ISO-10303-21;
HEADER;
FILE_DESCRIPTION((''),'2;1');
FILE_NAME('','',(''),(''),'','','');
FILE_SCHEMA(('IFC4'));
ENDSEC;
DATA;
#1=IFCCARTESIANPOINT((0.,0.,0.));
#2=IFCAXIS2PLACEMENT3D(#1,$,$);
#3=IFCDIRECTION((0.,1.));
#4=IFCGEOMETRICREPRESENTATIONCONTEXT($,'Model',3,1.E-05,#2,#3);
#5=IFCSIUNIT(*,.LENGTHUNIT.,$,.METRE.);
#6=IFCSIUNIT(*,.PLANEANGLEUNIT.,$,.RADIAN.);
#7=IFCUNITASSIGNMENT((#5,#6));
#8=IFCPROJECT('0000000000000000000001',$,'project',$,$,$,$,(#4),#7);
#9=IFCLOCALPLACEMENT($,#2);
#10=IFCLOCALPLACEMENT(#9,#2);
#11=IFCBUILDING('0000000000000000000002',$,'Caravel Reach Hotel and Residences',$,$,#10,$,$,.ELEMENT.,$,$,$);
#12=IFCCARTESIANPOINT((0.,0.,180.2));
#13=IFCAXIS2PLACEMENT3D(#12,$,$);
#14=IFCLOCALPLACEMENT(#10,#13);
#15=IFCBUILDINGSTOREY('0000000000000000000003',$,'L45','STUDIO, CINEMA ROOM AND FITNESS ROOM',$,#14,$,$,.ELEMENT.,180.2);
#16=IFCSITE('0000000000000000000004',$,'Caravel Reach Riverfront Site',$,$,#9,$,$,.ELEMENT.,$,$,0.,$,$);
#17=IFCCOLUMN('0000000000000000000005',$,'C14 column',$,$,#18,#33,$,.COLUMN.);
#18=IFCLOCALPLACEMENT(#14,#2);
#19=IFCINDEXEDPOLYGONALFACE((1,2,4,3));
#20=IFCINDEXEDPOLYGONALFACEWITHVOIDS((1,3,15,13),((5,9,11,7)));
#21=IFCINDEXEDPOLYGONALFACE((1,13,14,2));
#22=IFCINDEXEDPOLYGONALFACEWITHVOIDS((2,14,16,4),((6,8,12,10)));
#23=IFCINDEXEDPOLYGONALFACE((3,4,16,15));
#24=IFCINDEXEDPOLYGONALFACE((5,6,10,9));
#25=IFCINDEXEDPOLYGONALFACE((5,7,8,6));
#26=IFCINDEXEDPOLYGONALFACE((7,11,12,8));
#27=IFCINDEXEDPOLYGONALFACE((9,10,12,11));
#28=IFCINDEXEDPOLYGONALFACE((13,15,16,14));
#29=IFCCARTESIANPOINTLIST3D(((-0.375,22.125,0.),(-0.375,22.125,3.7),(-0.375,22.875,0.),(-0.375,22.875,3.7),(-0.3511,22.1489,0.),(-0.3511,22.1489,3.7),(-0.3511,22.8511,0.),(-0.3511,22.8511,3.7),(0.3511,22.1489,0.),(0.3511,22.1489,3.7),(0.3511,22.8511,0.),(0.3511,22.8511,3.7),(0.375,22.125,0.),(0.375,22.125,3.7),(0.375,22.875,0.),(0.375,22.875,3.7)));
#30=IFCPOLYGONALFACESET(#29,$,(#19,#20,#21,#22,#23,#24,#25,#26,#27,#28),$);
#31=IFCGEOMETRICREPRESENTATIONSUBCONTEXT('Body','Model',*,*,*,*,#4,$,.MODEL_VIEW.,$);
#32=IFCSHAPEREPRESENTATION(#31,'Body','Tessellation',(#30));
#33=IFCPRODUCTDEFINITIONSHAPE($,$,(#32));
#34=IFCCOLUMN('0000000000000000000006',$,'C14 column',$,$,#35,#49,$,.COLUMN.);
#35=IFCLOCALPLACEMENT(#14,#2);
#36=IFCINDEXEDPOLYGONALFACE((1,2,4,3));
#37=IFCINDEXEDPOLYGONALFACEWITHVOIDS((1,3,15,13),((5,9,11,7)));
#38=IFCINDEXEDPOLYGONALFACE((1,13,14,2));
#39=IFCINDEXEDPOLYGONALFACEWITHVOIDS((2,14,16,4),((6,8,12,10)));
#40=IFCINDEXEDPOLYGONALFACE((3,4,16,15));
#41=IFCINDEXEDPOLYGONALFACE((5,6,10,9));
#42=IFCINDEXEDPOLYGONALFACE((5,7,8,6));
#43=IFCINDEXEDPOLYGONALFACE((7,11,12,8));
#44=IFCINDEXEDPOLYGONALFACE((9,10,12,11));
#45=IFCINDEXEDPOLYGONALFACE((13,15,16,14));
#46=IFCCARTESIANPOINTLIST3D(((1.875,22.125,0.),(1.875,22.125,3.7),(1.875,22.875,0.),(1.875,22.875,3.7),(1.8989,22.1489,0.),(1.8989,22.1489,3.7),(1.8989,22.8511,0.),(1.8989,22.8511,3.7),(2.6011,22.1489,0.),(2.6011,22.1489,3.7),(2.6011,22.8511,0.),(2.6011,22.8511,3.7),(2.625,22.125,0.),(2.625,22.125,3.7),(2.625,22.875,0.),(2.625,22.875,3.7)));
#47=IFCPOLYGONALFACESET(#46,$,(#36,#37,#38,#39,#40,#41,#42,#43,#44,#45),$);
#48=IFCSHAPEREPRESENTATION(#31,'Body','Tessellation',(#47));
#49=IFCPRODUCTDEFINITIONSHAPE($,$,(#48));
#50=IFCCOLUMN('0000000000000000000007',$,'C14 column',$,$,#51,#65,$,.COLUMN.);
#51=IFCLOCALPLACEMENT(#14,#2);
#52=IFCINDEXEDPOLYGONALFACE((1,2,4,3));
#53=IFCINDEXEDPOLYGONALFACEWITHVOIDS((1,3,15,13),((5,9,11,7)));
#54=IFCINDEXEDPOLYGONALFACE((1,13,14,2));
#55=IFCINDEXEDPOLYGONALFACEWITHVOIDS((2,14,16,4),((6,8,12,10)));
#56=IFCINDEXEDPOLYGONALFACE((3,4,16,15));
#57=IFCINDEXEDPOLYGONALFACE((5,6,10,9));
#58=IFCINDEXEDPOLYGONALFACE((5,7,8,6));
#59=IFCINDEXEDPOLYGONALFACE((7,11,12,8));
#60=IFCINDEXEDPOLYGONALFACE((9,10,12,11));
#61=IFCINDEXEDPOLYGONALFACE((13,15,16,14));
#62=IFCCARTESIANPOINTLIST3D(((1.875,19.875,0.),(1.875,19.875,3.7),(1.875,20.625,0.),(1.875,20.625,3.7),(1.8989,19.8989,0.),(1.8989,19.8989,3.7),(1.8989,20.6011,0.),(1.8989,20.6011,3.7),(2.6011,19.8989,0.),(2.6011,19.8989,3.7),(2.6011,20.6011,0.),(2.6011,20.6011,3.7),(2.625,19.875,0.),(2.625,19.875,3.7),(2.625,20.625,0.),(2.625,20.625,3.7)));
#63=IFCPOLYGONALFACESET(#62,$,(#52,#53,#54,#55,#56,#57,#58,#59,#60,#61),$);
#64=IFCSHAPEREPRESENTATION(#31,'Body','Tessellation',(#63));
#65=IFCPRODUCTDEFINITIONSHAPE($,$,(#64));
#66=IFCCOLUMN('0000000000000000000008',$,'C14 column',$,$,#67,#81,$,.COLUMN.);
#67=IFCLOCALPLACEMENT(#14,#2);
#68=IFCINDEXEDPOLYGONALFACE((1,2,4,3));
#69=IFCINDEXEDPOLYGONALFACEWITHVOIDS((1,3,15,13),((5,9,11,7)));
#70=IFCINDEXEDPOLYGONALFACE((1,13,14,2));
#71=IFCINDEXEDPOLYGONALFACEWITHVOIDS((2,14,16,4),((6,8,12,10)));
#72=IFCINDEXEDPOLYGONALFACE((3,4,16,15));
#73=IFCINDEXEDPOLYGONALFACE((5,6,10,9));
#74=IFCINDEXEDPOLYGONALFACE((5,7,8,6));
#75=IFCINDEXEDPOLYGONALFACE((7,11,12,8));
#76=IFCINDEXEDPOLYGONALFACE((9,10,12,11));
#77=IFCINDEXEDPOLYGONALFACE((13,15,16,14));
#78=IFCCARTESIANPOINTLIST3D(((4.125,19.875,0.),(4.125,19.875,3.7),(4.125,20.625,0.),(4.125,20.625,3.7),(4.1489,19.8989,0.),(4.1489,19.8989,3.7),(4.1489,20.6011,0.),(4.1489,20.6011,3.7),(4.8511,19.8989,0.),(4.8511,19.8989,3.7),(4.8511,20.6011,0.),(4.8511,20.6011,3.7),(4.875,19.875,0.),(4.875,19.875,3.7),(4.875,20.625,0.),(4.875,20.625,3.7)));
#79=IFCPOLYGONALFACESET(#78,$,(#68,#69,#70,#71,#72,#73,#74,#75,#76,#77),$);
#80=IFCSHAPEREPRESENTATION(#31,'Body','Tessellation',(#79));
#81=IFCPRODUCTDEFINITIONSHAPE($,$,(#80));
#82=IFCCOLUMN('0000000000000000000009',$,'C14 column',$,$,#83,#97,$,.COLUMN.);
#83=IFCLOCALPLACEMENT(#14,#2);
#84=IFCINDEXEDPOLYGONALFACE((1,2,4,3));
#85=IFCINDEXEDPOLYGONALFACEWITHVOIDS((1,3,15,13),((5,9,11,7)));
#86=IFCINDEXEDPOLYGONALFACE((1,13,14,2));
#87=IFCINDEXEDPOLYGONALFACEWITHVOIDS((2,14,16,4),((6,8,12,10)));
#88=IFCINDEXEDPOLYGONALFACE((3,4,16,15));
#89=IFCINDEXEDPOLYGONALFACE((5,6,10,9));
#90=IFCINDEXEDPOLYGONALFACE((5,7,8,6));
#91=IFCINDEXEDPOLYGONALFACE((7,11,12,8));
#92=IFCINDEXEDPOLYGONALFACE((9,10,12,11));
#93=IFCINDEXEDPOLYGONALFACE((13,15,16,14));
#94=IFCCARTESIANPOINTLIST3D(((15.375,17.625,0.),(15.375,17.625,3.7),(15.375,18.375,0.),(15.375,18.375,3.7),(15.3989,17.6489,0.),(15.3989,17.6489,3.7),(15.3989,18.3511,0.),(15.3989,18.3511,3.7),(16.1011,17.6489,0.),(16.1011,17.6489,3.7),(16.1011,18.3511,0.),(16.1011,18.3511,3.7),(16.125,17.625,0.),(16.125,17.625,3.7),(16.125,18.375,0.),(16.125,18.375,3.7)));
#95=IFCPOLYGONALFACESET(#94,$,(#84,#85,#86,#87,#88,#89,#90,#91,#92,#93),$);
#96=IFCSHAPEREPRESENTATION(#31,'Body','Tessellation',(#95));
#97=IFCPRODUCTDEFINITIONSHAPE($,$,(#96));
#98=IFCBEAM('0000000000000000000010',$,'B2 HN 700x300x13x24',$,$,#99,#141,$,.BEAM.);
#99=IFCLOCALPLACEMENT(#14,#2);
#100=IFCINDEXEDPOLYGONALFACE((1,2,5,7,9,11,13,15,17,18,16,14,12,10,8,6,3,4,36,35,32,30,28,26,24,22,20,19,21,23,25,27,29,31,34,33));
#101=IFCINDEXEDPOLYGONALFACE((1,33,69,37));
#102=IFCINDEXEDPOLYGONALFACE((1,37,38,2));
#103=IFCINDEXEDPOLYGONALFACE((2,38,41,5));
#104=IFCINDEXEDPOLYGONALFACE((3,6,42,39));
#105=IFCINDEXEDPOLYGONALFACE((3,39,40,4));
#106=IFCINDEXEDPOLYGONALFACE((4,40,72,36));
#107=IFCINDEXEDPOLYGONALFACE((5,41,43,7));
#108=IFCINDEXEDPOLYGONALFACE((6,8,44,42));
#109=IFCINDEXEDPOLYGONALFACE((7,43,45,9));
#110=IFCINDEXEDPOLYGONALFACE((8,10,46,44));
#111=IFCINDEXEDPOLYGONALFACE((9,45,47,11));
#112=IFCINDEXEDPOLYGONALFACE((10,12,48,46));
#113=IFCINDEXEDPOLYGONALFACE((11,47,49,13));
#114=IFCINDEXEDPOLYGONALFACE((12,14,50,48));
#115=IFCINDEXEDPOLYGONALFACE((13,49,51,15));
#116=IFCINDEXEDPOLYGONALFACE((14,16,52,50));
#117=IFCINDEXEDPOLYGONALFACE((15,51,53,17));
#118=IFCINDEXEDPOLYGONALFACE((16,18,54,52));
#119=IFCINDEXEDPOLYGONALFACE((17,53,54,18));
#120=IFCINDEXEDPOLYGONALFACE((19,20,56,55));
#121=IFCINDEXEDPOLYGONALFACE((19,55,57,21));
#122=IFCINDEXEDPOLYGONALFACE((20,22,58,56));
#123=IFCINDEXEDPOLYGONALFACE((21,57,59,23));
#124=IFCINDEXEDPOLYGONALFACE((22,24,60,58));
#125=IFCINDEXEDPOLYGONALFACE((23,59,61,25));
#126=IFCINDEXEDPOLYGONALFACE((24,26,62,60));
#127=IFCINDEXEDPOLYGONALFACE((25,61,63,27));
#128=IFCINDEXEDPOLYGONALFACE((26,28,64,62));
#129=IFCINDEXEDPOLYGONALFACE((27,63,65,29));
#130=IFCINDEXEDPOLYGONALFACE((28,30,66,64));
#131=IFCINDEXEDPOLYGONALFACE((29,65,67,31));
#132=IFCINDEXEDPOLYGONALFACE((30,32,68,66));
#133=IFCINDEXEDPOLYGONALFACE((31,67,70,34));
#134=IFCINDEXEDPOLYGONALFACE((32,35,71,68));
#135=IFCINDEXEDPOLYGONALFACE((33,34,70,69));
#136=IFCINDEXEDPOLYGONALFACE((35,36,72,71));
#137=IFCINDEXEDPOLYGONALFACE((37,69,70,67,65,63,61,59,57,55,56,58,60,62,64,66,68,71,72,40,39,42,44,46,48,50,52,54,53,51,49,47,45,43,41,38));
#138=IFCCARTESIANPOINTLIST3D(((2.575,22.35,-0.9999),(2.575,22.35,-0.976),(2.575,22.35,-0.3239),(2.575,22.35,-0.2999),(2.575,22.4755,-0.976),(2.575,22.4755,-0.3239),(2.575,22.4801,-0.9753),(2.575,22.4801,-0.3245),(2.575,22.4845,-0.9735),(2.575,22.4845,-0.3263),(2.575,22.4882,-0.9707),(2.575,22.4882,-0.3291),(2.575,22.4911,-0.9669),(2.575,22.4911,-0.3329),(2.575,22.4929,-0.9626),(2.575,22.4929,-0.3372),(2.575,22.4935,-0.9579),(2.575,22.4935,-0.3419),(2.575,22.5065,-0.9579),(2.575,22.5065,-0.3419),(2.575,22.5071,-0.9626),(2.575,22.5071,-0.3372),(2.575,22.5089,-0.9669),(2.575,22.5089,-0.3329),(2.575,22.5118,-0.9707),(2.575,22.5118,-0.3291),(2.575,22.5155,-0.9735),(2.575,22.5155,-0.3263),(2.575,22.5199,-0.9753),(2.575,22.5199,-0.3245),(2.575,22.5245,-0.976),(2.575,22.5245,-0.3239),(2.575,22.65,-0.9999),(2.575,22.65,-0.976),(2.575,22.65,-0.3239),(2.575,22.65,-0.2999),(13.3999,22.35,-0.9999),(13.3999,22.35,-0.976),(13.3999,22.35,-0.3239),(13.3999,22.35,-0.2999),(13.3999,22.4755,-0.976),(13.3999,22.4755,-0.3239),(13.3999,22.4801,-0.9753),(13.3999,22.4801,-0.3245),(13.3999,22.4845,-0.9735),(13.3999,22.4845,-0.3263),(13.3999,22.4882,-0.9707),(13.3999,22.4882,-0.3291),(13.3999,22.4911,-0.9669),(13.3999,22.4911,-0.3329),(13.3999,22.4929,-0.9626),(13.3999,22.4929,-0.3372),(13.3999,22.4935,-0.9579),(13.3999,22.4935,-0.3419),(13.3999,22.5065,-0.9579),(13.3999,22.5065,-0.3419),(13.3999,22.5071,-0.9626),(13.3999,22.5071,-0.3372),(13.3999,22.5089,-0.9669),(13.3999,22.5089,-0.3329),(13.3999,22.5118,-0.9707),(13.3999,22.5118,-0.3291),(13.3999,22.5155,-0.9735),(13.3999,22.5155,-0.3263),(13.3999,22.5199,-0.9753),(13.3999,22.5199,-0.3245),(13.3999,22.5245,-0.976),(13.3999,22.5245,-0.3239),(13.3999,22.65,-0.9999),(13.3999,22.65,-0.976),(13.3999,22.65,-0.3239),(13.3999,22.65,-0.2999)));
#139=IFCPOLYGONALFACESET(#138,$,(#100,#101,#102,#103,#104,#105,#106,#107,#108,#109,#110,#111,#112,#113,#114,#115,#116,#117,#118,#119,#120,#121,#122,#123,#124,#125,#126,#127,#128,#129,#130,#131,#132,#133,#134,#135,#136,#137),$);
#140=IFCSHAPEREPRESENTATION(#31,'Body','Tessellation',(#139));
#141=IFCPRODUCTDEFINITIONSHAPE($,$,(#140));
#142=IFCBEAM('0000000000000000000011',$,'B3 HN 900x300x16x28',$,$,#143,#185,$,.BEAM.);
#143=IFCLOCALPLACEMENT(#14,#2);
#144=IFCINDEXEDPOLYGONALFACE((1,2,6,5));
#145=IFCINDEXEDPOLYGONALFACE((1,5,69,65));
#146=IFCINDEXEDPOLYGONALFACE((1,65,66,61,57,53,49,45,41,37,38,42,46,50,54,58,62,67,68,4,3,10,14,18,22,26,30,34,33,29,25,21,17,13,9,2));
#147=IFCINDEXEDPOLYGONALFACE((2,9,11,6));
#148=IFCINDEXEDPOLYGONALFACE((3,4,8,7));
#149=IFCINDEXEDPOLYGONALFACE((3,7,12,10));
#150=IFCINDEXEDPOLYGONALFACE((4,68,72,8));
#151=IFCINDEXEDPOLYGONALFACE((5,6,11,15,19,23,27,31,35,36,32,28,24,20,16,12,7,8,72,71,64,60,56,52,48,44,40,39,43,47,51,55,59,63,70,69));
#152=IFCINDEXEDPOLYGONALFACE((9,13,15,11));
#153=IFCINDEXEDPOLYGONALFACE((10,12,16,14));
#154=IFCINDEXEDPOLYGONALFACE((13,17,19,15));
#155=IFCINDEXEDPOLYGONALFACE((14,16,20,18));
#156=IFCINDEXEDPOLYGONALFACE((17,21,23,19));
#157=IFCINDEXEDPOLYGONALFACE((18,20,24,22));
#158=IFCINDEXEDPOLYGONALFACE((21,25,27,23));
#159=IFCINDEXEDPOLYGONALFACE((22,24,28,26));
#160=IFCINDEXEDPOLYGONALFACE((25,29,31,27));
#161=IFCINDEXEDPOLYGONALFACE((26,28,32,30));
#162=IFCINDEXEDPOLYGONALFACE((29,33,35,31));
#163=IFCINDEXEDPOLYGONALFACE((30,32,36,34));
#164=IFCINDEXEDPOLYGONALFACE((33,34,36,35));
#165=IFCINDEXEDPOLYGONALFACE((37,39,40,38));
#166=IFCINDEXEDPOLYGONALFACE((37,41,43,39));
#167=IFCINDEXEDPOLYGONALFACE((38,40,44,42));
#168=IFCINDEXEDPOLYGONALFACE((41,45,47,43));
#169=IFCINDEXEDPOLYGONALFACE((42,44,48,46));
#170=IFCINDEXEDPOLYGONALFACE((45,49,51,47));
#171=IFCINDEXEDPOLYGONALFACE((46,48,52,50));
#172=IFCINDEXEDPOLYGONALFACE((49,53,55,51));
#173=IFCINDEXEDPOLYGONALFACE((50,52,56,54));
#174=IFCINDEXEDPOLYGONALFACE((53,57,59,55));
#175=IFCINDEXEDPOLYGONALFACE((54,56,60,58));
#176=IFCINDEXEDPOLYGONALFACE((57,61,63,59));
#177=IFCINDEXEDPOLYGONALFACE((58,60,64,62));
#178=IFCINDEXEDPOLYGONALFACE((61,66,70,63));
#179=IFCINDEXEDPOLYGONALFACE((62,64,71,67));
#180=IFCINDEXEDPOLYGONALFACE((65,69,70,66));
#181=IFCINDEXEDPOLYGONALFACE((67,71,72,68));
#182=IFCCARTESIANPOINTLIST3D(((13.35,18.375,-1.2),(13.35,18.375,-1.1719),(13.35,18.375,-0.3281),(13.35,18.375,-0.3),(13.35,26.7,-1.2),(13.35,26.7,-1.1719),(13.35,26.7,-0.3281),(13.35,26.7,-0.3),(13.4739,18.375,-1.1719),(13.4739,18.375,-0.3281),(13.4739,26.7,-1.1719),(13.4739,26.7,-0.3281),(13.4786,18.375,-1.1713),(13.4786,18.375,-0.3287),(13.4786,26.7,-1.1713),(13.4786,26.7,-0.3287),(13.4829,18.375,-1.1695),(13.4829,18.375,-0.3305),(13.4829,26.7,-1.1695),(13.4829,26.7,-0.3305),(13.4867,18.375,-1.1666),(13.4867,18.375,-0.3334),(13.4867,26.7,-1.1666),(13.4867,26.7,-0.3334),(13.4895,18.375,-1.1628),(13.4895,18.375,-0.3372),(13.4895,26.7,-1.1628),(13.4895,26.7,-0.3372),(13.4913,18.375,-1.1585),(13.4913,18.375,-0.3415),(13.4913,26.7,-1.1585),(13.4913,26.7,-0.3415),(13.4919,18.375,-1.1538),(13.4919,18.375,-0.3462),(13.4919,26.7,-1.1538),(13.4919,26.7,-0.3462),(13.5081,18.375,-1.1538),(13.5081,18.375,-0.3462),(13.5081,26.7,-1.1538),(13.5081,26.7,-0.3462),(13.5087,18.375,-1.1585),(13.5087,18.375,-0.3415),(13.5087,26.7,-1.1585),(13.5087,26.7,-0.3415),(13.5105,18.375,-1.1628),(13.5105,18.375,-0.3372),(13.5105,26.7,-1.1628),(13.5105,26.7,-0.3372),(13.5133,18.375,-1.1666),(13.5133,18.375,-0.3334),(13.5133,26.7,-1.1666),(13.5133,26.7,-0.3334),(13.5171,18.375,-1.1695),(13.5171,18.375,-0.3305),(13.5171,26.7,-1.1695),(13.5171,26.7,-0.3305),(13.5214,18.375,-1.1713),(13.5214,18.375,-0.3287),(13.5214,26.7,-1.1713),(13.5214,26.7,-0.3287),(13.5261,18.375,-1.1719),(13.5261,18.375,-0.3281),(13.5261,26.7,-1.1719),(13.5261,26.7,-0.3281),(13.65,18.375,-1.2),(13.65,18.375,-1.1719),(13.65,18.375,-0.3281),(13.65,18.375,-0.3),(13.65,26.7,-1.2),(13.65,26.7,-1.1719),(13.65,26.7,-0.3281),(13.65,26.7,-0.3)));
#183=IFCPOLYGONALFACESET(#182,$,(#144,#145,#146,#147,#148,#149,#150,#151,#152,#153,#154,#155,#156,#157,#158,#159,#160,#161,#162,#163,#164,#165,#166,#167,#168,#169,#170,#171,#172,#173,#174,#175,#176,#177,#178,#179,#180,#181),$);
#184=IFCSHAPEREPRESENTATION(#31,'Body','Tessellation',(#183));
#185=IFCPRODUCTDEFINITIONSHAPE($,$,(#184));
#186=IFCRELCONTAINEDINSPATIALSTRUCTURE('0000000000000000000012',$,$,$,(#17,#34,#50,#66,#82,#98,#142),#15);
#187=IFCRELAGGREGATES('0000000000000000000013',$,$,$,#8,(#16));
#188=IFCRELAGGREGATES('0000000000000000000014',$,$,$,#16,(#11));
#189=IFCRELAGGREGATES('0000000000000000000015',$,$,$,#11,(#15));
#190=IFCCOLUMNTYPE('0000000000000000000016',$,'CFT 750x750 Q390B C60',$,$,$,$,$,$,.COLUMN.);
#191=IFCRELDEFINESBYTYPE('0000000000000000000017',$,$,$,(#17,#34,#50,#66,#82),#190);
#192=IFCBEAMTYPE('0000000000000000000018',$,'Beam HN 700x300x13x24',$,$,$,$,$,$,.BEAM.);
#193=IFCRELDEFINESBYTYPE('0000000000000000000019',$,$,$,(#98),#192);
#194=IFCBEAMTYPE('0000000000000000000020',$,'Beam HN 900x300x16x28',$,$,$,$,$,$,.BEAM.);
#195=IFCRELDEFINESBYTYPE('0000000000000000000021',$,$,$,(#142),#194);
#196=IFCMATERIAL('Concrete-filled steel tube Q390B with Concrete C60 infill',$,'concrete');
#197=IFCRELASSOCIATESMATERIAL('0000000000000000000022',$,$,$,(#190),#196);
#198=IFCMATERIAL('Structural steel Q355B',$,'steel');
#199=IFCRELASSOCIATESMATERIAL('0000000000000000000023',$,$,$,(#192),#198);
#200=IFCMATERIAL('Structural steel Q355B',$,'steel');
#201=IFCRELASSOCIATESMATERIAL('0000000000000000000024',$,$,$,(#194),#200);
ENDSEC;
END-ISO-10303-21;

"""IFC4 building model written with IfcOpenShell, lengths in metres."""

from ifc_helpers import new_model, si_unit, direction, frame, origin, origin_2d, place, context, subcontext, project, spatial, hollow_rectangle, i_section, extrude, material, material_profile, profile_set, type_object, element, save


model = new_model("IFC4")

# Units and contexts
model_context = context("Model", 3, precision=1e-05, world=origin(), true_north=direction((0.0, 1.0)))
body_context = subcontext(model_context, "Body", "Model", "MODEL_VIEW")
ifc_project = project(units=[si_unit("LENGTHUNIT", "METRE"), si_unit("PLANEANGLEUNIT", "RADIAN")], contexts=[model_context])

# Site, building, storey
site_placement = place(None, origin())
site = spatial("IfcSite", under=ifc_project, at=site_placement, Name="Caravel Reach Riverfront Site", CompositionType="ELEMENT", RefElevation=0.0)
building_placement = place(site_placement, origin())
building = spatial("IfcBuilding", under=site, at=building_placement, Name="Caravel Reach Hotel and Residences", CompositionType="ELEMENT")
storey_placement = place(building_placement, frame((0.0, 0.0, 180.2)))
storey = spatial("IfcBuildingStorey", under=building, at=storey_placement, Name="L45", Description="STUDIO, CINEMA ROOM AND FITNESS ROOM", CompositionType="ELEMENT", Elevation=180.2)

# Columns
ifc_material_1 = material(Name="Concrete-filled steel tube Q390B with Concrete C60 infill", Category="concrete")
ifc_material_profile_1 = material_profile(ifc_material_1, hollow_rectangle(XDim=0.75, YDim=0.75, WallThickness=0.0239, at=origin_2d()), Name="RHS 750x750x24")
ifc_profile_set_1 = profile_set([ifc_material_profile_1], Name="Concrete-filled steel tube Q390B with Concrete C60 infill")
column_type = type_object("IfcColumnType", Name="CFT 750x750 Q390B C60", PredefinedType="COLUMN", material=ifc_profile_set_1)
for number, where, z_axis, x_axis, name in (
    (1, (0.0, 22.5, 0.0), (0.0, 0.0, 1.0), (1.0, 0.0, 0.0), "C14 column"),
    (2, (2.25, 22.5, 0.0), (0.0, 0.0, 1.0), (1.0, 0.0, 0.0), "C14 column"),
    (3, (2.25, 20.25, 0.0), (0.0, 0.0, 1.0), (1.0, 0.0, 0.0), "C14 column"),
    (4, (4.5, 20.25, 0.0), (0.0, 0.0, 1.0), (1.0, 0.0, 0.0), "C14 column"),
    (5, (15.75, 18.0, 0.0), (0.0, 0.0, 1.0), (1.0, 0.0, 0.0), "C14 column"),
):
    element("IfcColumn", number, at=place(storey_placement, frame(where, z_axis=z_axis, x_axis=x_axis)), inside=storey, type_object=column_type, Name=name, PredefinedType="COLUMN", context=body_context, shape_type="SweptSolid", body=[
        extrude(hollow_rectangle(XDim=0.75, YDim=0.75, WallThickness=0.0239, at=origin_2d()), origin(), (0.0, 0.0, 1.0), 3.7),
    ])

# Beams
ifc_material_2 = material(Name="Structural steel Q355B", Category="steel")
ifc_material_profile_2 = material_profile(ifc_material_2, i_section(OverallWidth=0.3, OverallDepth=0.7, WebThickness=0.0129, FlangeThickness=0.0239, FilletRadius=0.0181, at=origin_2d()), Name="HN 700x300x13x24")
ifc_profile_set_2 = profile_set([ifc_material_profile_2], Name="Structural steel Q355B")
beam_type_1 = type_object("IfcBeamType", Name="Beam HN 700x300x13x24", PredefinedType="BEAM", material=ifc_profile_set_2)
beam_1_placement = place(storey_placement, frame((13.3999, 22.5, -0.6499), z_axis=(-1.0, 0.0, 0.0), x_axis=(0.0, -1.0, 0.0)))
element("IfcBeam", 6, at=beam_1_placement, inside=storey, type_object=beam_type_1, Name="B2 HN 700x300x13x24", PredefinedType="BEAM", context=body_context, shape_type="SweptSolid", body=[
    extrude(i_section(OverallWidth=0.3, OverallDepth=0.7, WebThickness=0.0129, FlangeThickness=0.0239, FilletRadius=0.0181, at=origin_2d()), origin(), (0.0, 0.0, 1.0), 10.825),
])
ifc_material_3 = material(Name="Structural steel Q355B", Category="steel")
ifc_material_profile_3 = material_profile(ifc_material_3, i_section(OverallWidth=0.3, OverallDepth=0.8999, WebThickness=0.0161, FlangeThickness=0.0281, FilletRadius=0.0181, at=origin_2d()), Name="HN 900x300x16x28")
ifc_profile_set_3 = profile_set([ifc_material_profile_3], Name="Structural steel Q355B")
beam_type_2 = type_object("IfcBeamType", Name="Beam HN 900x300x16x28", PredefinedType="BEAM", material=ifc_profile_set_3)
beam_2_placement = place(storey_placement, frame((13.5, 18.375, -0.75), z_axis=(0.0, 1.0, 0.0), x_axis=(-1.0, 0.0, 0.0)))
element("IfcBeam", 7, at=beam_2_placement, inside=storey, type_object=beam_type_2, Name="B3 HN 900x300x16x28", PredefinedType="BEAM", context=body_context, shape_type="SweptSolid", body=[
    extrude(i_section(OverallWidth=0.3, OverallDepth=0.8999, WebThickness=0.0161, FlangeThickness=0.0281, FilletRadius=0.0181, at=origin_2d()), origin(), (0.0, 0.0, 1.0), 8.325),
])

save(model, "model.ifc")
